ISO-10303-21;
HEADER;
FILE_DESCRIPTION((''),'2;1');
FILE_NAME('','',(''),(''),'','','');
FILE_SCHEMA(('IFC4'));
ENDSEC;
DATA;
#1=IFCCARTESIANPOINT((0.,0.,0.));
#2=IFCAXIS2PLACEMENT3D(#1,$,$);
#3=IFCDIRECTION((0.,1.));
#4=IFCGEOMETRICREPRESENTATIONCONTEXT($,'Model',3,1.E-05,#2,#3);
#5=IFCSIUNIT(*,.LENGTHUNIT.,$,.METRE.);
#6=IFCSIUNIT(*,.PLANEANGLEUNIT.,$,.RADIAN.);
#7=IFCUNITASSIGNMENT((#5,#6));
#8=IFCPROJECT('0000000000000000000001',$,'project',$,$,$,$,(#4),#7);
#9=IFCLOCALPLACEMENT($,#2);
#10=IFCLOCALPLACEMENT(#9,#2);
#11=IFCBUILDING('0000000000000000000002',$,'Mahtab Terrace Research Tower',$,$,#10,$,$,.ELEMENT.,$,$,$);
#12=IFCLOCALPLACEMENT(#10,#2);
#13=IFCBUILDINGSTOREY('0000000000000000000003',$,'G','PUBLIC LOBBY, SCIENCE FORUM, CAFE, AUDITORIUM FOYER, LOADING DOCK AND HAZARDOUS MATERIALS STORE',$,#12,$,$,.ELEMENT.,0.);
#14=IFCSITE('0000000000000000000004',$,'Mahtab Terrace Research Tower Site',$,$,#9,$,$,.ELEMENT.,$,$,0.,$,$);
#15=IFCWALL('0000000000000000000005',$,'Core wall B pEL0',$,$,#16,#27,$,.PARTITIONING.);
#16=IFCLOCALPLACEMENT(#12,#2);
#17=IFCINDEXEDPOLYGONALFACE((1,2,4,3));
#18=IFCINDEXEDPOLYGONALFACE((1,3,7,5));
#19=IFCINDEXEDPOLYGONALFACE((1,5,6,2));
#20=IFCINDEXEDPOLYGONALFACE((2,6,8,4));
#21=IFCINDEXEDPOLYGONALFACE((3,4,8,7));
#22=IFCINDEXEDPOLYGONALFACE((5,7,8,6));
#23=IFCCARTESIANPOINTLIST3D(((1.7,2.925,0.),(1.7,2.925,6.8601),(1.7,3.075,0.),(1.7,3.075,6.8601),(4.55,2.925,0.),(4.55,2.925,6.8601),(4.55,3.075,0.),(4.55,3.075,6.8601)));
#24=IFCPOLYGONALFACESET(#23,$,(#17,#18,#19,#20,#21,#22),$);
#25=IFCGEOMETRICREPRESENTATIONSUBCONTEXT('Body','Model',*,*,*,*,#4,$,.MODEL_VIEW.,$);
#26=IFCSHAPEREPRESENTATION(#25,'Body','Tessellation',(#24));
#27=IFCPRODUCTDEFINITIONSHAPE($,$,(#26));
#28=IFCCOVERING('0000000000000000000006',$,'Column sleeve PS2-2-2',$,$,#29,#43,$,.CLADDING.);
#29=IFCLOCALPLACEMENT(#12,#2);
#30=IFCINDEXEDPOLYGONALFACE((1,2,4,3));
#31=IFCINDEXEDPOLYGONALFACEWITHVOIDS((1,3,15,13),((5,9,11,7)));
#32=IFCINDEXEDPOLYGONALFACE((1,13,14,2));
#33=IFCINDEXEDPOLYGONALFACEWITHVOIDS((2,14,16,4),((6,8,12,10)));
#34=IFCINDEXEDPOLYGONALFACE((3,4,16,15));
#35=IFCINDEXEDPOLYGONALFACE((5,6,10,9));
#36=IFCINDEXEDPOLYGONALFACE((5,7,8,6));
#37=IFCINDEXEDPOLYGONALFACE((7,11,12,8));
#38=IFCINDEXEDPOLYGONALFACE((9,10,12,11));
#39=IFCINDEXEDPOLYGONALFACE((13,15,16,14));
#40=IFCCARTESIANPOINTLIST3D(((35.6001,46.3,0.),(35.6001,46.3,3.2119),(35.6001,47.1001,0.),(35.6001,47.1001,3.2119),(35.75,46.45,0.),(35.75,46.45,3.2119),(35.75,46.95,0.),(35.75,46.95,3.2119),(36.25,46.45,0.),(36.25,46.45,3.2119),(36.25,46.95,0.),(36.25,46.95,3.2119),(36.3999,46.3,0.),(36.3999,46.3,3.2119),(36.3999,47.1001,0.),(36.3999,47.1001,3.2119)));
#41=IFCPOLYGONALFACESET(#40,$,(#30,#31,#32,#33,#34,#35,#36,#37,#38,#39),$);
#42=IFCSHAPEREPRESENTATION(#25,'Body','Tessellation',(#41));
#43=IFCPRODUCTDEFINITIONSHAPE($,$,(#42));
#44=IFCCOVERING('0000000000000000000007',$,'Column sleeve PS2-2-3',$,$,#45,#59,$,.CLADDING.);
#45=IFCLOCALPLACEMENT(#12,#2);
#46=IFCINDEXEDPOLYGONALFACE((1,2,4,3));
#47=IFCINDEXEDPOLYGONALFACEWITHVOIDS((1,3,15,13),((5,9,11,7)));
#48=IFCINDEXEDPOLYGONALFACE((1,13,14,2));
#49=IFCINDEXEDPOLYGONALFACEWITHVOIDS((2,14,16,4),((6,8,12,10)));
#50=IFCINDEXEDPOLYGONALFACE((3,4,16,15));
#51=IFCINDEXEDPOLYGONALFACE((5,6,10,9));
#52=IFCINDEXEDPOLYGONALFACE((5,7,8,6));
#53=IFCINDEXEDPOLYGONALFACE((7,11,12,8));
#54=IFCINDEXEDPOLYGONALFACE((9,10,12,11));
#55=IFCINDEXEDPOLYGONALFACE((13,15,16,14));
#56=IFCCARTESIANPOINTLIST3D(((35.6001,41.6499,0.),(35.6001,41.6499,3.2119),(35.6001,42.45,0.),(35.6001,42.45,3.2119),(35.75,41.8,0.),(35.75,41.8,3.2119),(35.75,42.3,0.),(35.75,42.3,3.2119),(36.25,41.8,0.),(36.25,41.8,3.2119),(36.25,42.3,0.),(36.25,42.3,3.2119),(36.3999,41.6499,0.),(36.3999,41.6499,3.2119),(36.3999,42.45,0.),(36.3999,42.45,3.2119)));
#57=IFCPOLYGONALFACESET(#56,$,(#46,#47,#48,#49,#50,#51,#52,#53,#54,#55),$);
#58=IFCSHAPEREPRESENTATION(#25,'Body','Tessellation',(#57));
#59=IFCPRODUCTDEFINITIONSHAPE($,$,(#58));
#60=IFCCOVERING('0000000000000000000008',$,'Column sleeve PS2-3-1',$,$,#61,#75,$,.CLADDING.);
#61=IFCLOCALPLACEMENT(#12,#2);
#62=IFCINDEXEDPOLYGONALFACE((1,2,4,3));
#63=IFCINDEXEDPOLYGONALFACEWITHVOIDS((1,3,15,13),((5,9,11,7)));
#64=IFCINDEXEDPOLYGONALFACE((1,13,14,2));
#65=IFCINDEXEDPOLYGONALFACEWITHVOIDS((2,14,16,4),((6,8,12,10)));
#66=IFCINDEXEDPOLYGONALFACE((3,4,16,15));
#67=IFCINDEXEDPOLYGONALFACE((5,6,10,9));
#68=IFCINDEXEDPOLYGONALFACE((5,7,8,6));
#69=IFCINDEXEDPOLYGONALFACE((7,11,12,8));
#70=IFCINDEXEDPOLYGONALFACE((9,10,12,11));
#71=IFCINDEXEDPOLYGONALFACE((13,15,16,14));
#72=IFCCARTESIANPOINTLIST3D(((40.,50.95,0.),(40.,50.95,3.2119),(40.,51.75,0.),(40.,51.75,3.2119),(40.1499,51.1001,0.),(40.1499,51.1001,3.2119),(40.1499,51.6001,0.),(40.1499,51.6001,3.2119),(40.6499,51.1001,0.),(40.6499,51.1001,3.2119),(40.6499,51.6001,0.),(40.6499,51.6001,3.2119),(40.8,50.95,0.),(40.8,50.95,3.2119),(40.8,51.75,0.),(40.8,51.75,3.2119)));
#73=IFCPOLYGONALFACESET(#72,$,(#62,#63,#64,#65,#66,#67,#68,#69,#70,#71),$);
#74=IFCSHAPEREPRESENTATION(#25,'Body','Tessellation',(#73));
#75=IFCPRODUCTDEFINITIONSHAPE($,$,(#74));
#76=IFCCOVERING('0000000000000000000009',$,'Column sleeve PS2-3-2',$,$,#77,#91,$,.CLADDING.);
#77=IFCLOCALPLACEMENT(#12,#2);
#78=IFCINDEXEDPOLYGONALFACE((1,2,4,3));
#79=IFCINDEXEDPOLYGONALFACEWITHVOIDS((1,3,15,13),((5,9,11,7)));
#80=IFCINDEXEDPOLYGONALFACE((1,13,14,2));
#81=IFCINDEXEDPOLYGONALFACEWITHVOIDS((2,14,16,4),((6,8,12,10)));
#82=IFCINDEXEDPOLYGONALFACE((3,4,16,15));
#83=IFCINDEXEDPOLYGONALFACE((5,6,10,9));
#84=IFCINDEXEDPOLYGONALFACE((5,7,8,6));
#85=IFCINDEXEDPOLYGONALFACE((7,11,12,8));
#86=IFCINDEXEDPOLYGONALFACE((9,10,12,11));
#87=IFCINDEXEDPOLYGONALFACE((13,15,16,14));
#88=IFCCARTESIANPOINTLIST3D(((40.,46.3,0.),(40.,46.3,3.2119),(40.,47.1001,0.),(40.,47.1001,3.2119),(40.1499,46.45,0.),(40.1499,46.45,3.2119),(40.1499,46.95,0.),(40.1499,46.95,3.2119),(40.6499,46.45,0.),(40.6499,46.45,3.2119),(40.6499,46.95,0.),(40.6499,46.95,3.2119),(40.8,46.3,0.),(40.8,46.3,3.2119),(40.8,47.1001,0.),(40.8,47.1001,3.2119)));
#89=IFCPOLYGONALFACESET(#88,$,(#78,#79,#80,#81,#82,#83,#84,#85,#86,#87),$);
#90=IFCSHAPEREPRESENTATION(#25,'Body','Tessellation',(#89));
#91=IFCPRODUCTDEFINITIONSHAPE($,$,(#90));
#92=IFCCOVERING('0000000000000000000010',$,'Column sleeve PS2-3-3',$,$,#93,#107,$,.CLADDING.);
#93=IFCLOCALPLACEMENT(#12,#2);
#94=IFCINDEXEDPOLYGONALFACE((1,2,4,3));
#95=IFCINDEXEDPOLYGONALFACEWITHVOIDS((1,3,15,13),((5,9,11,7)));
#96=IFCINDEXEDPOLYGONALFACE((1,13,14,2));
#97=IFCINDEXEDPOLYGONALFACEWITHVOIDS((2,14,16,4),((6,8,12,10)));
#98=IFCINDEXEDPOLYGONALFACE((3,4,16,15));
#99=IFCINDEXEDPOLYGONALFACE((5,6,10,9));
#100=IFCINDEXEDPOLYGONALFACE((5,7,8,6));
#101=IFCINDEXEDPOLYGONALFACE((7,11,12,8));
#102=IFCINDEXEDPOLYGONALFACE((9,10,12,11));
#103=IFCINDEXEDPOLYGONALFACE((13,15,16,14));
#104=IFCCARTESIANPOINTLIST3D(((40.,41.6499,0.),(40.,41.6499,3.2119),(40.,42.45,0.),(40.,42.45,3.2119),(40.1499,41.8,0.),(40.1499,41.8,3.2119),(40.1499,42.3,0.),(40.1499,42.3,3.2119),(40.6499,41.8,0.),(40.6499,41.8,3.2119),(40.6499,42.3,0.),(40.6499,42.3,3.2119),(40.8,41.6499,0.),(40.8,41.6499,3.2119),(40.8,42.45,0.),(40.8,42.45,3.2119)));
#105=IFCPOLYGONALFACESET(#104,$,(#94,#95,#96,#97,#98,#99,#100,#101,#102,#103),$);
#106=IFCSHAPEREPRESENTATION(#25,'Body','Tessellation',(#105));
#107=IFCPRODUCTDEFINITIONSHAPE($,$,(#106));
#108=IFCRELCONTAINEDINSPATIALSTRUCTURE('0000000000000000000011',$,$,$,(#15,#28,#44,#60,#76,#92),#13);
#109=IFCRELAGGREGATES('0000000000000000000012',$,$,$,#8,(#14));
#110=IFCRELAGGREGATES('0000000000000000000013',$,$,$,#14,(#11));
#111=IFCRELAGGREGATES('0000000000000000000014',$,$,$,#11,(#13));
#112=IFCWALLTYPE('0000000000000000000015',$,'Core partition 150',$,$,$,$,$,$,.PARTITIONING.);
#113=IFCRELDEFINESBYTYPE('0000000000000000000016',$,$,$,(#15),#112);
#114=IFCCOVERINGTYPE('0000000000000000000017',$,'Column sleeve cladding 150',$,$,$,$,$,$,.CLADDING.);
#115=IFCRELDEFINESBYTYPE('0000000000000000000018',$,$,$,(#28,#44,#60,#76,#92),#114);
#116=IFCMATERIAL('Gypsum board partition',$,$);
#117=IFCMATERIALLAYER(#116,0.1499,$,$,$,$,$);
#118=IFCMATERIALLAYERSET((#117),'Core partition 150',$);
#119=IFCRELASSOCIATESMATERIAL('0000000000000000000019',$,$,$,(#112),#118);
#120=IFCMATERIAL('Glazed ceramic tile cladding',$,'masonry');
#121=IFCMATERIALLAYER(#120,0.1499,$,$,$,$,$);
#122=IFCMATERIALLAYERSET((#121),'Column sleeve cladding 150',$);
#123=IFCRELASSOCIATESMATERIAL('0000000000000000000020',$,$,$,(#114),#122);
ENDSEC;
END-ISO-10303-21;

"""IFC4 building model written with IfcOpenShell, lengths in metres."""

from ifc_helpers import new_model, si_unit, direction, frame, frame_2d, origin, place, context, subcontext, project, spatial, polyline, rectangle, outline, extrude, material, layer, layer_set, type_object, element, save


model = new_model("IFC4")

# Units and contexts
model_context = context("Model", 3, precision=1e-05, world=origin(), true_north=direction((0.0, 1.0)))
body_context = subcontext(model_context, "Body", "Model", "MODEL_VIEW")
ifc_project = project(units=[si_unit("LENGTHUNIT", "METRE"), si_unit("PLANEANGLEUNIT", "RADIAN")], contexts=[model_context])

# Site, building, storey
site_placement = place(None, origin())
site = spatial("IfcSite", under=ifc_project, at=site_placement, Name="Mahtab Terrace Research Tower Site", CompositionType="ELEMENT", RefElevation=0.0)
building_placement = place(site_placement, origin())
building = spatial("IfcBuilding", under=site, at=building_placement, Name="Mahtab Terrace Research Tower", CompositionType="ELEMENT")
storey_placement = place(building_placement, origin())
storey = spatial("IfcBuildingStorey", under=building, at=storey_placement, Name="G", Description="PUBLIC LOBBY, SCIENCE FORUM, CAFE, AUDITORIUM FOYER, LOADING DOCK AND HAZARDOUS MATERIALS STORE", CompositionType="ELEMENT", Elevation=0.0)

# Wall
ifc_material_1 = material(Name="Gypsum board partition")
ifc_layer_1 = layer(ifc_material_1, 0.1499)
ifc_layer_set_1 = layer_set([ifc_layer_1], Name="Core partition 150")
wall_type = type_object("IfcWallType", Name="Core partition 150", PredefinedType="PARTITIONING", material=ifc_layer_set_1)
wall_placement = place(storey_placement, frame((1.7, 3.0, 0.0), z_axis=(0.0, 0.0, 1.0), x_axis=(1.0, 0.0, 0.0)))
element("IfcWall", 1, at=wall_placement, inside=storey, type_object=wall_type, Name="Core wall B pEL0", PredefinedType="PARTITIONING", context=body_context, shape_type="SweptSolid", body=[
    extrude(rectangle(XDim=2.8501, YDim=0.1499, at=frame_2d((1.425, 0.0))), origin(), (0.0, 0.0, 1.0), 6.8601),
])

# Coverings
ifc_material_2 = material(Name="Glazed ceramic tile cladding", Category="masonry")
ifc_layer_2 = layer(ifc_material_2, 0.1499)
ifc_layer_set_2 = layer_set([ifc_layer_2], Name="Column sleeve cladding 150")
covering_type = type_object("IfcCoveringType", Name="Column sleeve cladding 150", PredefinedType="CLADDING", material=ifc_layer_set_2)
covering_1_placement = place(storey_placement, origin())
element("IfcCovering", 2, at=covering_1_placement, inside=storey, type_object=covering_type, Name="Column sleeve PS2-2-2", PredefinedType="CLADDING", context=body_context, shape_type="SweptSolid", body=[
    extrude(outline(polyline([(35.6001, 46.3), (36.3999, 46.3), (36.3999, 47.1001), (35.6001, 47.1001), (35.6001, 46.3)]), holes=[polyline([(35.75, 46.45), (36.25, 46.45), (36.25, 46.95), (35.75, 46.95), (35.75, 46.45)])]), origin(), (0.0, 0.0, 1.0), 3.2119),
])
covering_2_placement = place(storey_placement, origin())
element("IfcCovering", 3, at=covering_2_placement, inside=storey, type_object=covering_type, Name="Column sleeve PS2-2-3", PredefinedType="CLADDING", context=body_context, shape_type="SweptSolid", body=[
    extrude(outline(polyline([(35.6001, 41.6499), (36.3999, 41.6499), (36.3999, 42.45), (35.6001, 42.45), (35.6001, 41.6499)]), holes=[polyline([(35.75, 41.8), (36.25, 41.8), (36.25, 42.3), (35.75, 42.3), (35.75, 41.8)])]), origin(), (0.0, 0.0, 1.0), 3.2119),
])
covering_3_placement = place(storey_placement, origin())
element("IfcCovering", 4, at=covering_3_placement, inside=storey, type_object=covering_type, Name="Column sleeve PS2-3-1", PredefinedType="CLADDING", context=body_context, shape_type="SweptSolid", body=[
    extrude(outline(polyline([(40.0, 50.95), (40.8, 50.95), (40.8, 51.75), (40.0, 51.75), (40.0, 50.95)]), holes=[polyline([(40.1499, 51.1001), (40.6499, 51.1001), (40.6499, 51.6001), (40.1499, 51.6001), (40.1499, 51.1001)])]), origin(), (0.0, 0.0, 1.0), 3.2119),
])
covering_4_placement = place(storey_placement, origin())
element("IfcCovering", 5, at=covering_4_placement, inside=storey, type_object=covering_type, Name="Column sleeve PS2-3-2", PredefinedType="CLADDING", context=body_context, shape_type="SweptSolid", body=[
    extrude(outline(polyline([(40.0, 46.3), (40.8, 46.3), (40.8, 47.1001), (40.0, 47.1001), (40.0, 46.3)]), holes=[polyline([(40.1499, 46.45), (40.6499, 46.45), (40.6499, 46.95), (40.1499, 46.95), (40.1499, 46.45)])]), origin(), (0.0, 0.0, 1.0), 3.2119),
])
covering_5_placement = place(storey_placement, origin())
element("IfcCovering", 6, at=covering_5_placement, inside=storey, type_object=covering_type, Name="Column sleeve PS2-3-3", PredefinedType="CLADDING", context=body_context, shape_type="SweptSolid", body=[
    extrude(outline(polyline([(40.0, 41.6499), (40.8, 41.6499), (40.8, 42.45), (40.0, 42.45), (40.0, 41.6499)]), holes=[polyline([(40.1499, 41.8), (40.6499, 41.8), (40.6499, 42.3), (40.1499, 42.3), (40.1499, 41.8)])]), origin(), (0.0, 0.0, 1.0), 3.2119),
])

save(model, "model.ifc")
